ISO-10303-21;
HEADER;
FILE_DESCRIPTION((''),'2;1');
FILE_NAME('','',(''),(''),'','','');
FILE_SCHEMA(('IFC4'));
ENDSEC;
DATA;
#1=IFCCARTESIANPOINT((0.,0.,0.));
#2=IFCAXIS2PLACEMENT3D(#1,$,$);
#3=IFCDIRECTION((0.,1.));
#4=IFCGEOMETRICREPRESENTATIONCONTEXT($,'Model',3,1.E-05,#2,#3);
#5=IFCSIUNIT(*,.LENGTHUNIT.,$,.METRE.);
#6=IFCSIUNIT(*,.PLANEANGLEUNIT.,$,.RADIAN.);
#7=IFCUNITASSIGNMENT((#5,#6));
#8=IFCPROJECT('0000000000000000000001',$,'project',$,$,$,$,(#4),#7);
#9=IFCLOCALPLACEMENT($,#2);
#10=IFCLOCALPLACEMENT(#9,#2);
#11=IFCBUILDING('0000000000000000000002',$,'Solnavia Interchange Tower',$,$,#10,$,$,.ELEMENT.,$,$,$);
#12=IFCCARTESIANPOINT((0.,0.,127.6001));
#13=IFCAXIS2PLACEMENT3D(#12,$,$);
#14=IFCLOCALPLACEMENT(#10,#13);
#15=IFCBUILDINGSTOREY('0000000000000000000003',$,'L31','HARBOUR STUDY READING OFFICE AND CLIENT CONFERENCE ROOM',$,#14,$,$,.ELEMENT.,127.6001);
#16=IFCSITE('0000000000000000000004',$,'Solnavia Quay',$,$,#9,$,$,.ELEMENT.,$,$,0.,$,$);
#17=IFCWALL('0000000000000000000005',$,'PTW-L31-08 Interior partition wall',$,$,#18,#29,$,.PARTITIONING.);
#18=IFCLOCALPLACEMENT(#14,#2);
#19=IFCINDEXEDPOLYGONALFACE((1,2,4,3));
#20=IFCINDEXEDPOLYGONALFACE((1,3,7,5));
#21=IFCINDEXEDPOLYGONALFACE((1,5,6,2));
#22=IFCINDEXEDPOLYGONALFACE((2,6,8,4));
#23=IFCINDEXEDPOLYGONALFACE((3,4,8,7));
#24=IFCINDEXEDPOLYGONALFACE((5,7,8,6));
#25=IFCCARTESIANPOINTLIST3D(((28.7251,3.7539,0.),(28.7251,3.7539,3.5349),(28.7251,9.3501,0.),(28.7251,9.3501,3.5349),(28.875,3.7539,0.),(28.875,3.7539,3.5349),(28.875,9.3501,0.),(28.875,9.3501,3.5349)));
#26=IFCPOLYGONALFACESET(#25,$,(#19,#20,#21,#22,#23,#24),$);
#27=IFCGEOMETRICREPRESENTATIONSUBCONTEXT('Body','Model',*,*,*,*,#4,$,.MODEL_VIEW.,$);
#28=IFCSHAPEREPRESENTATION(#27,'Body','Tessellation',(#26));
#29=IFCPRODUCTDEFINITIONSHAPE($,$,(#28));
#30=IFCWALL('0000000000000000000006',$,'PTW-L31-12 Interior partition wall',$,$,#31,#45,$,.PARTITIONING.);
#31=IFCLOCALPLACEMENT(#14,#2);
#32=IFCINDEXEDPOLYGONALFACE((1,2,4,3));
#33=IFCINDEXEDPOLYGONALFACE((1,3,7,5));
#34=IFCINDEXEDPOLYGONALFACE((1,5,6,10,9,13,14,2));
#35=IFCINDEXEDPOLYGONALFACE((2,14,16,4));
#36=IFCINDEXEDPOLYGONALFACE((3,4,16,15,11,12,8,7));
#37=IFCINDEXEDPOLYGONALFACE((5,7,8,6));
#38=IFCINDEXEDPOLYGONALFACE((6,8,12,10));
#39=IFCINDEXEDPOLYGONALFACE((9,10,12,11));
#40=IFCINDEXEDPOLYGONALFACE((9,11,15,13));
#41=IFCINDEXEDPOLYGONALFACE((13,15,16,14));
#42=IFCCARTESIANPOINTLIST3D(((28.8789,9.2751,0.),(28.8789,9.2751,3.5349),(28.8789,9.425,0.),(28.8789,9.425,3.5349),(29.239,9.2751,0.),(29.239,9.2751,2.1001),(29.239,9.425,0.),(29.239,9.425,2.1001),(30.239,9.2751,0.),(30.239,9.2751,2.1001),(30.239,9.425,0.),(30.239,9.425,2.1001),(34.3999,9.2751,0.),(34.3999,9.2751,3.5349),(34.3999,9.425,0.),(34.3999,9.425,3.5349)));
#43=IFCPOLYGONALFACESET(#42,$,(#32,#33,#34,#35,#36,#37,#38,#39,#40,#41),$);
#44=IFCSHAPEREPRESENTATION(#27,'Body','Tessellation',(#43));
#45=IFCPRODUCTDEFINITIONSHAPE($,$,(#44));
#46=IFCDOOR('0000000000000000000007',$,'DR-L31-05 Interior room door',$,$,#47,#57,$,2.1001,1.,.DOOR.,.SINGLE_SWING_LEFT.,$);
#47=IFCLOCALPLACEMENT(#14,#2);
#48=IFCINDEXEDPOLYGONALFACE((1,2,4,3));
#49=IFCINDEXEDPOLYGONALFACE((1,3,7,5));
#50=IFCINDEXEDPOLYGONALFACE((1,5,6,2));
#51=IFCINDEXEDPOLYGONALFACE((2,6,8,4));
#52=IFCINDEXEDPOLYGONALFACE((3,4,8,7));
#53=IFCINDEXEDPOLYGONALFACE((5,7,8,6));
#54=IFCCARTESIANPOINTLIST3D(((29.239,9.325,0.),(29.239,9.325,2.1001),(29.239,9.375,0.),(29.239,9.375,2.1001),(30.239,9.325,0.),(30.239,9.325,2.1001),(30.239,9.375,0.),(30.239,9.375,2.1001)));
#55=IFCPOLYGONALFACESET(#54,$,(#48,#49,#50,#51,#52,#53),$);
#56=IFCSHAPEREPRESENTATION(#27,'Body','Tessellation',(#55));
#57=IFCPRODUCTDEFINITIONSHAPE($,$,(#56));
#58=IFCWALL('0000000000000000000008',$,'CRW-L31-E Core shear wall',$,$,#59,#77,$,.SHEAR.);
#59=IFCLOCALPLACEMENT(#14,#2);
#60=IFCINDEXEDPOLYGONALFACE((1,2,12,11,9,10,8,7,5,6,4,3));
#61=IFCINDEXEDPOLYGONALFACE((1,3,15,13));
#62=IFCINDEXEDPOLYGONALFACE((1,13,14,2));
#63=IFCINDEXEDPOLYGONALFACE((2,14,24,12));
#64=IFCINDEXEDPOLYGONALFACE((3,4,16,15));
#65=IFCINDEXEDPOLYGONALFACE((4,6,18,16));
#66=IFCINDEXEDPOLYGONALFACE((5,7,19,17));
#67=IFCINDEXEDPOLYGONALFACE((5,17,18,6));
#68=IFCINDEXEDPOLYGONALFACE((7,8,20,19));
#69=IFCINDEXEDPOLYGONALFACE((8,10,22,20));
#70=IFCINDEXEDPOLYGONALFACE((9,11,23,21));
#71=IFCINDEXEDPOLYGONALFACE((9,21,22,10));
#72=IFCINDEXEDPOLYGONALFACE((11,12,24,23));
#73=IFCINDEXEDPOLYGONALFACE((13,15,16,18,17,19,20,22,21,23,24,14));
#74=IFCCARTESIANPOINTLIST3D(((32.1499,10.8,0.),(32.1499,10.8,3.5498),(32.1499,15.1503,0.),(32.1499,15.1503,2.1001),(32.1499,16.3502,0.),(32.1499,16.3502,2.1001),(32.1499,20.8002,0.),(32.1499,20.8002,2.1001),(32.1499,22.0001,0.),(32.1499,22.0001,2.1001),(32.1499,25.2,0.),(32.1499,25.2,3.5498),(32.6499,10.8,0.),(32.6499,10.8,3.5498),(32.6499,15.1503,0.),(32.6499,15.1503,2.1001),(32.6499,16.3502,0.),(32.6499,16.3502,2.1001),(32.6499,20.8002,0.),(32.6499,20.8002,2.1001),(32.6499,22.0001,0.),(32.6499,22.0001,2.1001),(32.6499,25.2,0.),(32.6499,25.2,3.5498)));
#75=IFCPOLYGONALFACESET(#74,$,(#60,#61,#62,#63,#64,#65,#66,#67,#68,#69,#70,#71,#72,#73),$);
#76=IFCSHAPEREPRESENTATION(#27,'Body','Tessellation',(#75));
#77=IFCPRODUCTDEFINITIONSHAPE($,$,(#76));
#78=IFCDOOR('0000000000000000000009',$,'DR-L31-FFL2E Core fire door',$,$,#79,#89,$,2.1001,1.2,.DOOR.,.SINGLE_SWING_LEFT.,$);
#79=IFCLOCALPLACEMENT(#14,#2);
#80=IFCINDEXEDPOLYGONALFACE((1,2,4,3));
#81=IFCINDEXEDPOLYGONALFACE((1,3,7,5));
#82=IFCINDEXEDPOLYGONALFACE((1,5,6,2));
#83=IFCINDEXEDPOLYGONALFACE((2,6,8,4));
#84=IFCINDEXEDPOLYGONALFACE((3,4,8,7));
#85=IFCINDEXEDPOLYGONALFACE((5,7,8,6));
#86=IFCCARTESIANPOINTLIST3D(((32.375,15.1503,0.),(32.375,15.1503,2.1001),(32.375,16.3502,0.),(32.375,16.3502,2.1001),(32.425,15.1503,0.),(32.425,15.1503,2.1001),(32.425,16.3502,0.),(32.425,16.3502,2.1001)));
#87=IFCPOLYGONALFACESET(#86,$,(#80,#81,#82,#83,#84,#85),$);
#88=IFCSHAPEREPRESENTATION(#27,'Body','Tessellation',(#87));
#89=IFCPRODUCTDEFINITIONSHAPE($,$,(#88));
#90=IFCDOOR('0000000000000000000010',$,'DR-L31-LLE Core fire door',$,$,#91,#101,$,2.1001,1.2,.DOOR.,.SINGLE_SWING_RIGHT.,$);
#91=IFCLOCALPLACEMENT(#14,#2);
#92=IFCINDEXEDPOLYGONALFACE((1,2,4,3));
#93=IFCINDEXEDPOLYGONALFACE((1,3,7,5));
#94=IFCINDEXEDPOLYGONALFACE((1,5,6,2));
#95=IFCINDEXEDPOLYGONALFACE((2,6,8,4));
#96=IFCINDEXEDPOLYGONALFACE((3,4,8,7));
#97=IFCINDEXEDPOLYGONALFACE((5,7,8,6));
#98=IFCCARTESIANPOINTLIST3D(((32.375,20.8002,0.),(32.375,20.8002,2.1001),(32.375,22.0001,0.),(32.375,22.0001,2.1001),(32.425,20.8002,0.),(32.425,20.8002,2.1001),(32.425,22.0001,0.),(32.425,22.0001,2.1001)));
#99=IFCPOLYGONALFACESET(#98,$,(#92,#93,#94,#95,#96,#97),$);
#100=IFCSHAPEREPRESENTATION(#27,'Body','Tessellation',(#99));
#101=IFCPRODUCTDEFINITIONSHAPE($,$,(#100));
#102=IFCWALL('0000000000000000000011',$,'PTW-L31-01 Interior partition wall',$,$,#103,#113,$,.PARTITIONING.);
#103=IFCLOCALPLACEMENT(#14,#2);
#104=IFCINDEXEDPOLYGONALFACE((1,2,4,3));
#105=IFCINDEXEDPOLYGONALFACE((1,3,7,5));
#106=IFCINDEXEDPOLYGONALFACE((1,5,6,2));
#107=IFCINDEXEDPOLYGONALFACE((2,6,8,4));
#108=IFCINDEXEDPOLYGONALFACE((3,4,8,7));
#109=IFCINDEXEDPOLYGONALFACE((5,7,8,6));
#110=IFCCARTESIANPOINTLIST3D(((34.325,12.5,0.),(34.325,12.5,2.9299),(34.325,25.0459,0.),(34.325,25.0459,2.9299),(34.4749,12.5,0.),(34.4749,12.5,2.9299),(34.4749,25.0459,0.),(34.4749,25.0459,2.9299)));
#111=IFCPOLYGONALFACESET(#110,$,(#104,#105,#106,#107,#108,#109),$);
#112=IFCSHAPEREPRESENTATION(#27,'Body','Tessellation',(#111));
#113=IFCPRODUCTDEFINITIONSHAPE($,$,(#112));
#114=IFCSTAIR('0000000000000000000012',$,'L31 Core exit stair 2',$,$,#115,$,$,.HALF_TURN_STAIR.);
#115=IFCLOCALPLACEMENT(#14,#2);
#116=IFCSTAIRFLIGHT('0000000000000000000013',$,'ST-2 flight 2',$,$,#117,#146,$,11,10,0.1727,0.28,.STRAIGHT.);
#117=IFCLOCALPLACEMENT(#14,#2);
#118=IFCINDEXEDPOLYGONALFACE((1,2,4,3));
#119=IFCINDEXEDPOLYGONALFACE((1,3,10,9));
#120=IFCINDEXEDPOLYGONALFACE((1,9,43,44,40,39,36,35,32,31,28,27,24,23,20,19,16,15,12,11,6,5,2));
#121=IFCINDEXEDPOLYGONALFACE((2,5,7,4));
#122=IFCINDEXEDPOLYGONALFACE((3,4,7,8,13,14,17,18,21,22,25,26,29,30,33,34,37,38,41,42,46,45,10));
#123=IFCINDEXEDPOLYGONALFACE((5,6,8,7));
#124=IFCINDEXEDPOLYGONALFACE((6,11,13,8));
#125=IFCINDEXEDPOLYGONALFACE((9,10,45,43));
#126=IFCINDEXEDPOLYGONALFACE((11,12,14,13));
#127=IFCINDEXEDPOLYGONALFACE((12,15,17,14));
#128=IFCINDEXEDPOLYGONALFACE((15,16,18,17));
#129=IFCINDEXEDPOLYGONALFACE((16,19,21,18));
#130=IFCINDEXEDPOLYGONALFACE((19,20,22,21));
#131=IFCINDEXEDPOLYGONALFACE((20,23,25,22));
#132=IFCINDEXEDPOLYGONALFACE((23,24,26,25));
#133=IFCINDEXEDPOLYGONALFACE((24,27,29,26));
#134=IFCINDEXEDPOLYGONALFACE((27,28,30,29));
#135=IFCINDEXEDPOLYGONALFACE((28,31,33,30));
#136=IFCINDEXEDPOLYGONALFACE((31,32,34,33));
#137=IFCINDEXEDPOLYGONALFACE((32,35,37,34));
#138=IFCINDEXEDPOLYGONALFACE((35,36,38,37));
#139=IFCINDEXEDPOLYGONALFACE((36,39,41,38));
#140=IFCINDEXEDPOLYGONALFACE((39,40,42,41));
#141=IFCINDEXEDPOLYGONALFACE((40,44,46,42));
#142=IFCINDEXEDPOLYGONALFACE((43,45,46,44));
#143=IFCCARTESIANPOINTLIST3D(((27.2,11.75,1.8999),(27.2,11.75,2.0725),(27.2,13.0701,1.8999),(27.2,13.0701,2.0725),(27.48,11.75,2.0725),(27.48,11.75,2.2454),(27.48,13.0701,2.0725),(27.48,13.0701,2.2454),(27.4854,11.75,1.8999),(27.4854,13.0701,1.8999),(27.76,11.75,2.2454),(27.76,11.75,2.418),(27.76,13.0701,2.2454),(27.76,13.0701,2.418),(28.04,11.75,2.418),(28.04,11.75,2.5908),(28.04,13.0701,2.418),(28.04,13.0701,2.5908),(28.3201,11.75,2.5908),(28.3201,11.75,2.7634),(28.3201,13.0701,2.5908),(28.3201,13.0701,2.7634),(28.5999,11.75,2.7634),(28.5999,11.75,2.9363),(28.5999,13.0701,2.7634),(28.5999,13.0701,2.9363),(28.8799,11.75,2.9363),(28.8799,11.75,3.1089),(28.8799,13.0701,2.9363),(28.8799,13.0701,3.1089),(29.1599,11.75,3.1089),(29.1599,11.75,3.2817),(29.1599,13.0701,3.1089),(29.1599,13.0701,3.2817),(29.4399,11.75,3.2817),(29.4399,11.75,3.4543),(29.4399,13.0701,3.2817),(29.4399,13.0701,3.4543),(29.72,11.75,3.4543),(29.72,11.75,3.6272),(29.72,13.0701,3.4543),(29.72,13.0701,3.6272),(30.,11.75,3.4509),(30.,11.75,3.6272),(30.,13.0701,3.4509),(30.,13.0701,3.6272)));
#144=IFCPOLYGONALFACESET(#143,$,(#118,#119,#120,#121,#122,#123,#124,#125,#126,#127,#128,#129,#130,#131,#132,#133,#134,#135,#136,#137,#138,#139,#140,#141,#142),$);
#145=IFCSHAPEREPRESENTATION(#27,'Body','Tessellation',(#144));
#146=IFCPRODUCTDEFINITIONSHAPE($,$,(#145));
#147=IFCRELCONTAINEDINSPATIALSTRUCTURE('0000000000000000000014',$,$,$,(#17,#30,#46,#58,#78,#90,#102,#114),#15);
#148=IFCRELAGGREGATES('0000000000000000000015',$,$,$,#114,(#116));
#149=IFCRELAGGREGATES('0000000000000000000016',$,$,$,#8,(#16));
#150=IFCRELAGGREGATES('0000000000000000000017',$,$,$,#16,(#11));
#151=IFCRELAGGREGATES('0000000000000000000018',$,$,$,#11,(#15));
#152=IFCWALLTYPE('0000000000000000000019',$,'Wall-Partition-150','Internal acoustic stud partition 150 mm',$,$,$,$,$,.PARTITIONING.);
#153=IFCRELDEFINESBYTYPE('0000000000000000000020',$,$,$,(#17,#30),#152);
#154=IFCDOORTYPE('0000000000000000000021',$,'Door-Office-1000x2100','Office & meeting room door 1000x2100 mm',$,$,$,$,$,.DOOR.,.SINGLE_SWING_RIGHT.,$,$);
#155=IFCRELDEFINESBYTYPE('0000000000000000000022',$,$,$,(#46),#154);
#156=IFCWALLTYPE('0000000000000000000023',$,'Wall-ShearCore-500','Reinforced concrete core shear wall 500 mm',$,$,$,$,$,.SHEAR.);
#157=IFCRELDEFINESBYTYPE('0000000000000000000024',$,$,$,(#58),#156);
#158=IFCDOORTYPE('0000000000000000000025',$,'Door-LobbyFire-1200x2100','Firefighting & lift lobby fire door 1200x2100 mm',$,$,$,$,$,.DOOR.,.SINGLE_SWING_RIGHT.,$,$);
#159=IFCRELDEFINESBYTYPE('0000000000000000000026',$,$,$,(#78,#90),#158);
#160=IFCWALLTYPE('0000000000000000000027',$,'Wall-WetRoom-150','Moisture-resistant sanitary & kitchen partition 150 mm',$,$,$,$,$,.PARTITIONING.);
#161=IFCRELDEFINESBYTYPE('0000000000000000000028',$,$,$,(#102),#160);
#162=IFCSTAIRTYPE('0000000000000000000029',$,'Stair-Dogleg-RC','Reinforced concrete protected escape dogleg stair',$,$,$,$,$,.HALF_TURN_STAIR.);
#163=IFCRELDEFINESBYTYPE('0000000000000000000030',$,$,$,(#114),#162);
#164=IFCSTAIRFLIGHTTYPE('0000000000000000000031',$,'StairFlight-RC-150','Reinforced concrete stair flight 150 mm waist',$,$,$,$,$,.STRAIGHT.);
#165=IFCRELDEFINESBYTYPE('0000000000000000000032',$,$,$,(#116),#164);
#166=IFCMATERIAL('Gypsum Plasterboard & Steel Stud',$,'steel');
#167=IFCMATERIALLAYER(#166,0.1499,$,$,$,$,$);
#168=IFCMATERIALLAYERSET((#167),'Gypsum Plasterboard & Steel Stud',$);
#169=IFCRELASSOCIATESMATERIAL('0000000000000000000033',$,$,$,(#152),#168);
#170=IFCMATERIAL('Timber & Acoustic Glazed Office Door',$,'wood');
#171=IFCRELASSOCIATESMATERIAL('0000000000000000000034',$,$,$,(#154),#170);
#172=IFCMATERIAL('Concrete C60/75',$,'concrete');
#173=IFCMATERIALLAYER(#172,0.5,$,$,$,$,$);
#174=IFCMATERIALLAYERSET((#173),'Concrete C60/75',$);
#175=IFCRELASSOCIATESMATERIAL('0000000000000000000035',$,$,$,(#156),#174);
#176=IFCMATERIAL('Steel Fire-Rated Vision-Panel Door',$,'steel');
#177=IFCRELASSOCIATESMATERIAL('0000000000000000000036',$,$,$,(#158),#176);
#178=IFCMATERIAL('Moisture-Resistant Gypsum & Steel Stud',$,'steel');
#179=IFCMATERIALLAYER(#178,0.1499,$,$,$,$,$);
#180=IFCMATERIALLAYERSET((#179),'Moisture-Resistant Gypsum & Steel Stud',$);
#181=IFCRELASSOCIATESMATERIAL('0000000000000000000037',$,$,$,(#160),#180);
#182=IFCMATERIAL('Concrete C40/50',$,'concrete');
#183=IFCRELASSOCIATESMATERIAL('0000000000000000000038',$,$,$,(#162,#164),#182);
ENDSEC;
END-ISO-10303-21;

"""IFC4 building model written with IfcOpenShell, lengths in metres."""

from ifc_helpers import new_model, si_unit, direction, frame, frame_2d, origin, place, context, subcontext, project, spatial, polyline, rectangle, outline, extrude, material, layer, layer_set, type_object, element, fill, aggregate, save


model = new_model("IFC4")

# Units and contexts
model_context = context("Model", 3, precision=1e-05, world=origin(), true_north=direction((0.0, 1.0)))
body_context = subcontext(model_context, "Body", "Model", "MODEL_VIEW")
ifc_project = project(units=[si_unit("LENGTHUNIT", "METRE"), si_unit("PLANEANGLEUNIT", "RADIAN")], contexts=[model_context])

# Site, building, storey
site_placement = place(None, origin())
site = spatial("IfcSite", under=ifc_project, at=site_placement, Name="Solnavia Quay", CompositionType="ELEMENT", RefElevation=0.0)
building_placement = place(site_placement, origin())
building = spatial("IfcBuilding", under=site, at=building_placement, Name="Solnavia Interchange Tower", CompositionType="ELEMENT")
storey_placement = place(building_placement, frame((0.0, 0.0, 127.6001)))
storey = spatial("IfcBuildingStorey", under=building, at=storey_placement, Name="L31", Description="HARBOUR STUDY READING OFFICE AND CLIENT CONFERENCE ROOM", CompositionType="ELEMENT", Elevation=127.6001)

# Shared definitions
ifc_material_1 = material(Name="Concrete C40/50", Category="concrete")

# Wall
ifc_material_2 = material(Name="Gypsum Plasterboard & Steel Stud", Category="steel")
ifc_layer_1 = layer(ifc_material_2, 0.1499)
ifc_layer_set_1 = layer_set([ifc_layer_1], Name="Gypsum Plasterboard & Steel Stud")
wall_type_1 = type_object("IfcWallType", Name="Wall-Partition-150", Description="Internal acoustic stud partition 150 mm", PredefinedType="PARTITIONING", material=ifc_layer_set_1)
wall_1_placement = place(storey_placement, frame((28.8, 9.3501, 0.0), z_axis=(0.0, 0.0, 1.0), x_axis=(0.0, -1.0, 0.0)))
element("IfcWall", 1, at=wall_1_placement, inside=storey, type_object=wall_type_1, Name="PTW-L31-08 Interior partition wall", PredefinedType="PARTITIONING", context=body_context, shape_type="SweptSolid", body=[
    extrude(rectangle(XDim=5.5962, YDim=0.1499, at=frame_2d((2.7981, 0.0))), origin(), (0.0, 0.0, 1.0), 3.5349),
])

# Wall, opening, door
wall_2_placement = place(storey_placement, frame((28.8789, 9.3501, 0.0), z_axis=(0.0, 0.0, 1.0), x_axis=(1.0, 0.0, 0.0)))
wall_2 = element("IfcWall", 2, at=wall_2_placement, inside=storey, type_object=wall_type_1, Name="PTW-L31-12 Interior partition wall", PredefinedType="PARTITIONING", context=body_context, shape_type="SweptSolid", body=[
    extrude(rectangle(XDim=5.521, YDim=0.1499, at=frame_2d((2.7605, 0.0))), origin(), (0.0, 0.0, 1.0), 3.5349),
])
opening_1_placement = place(wall_2_placement, frame((0.3601, 0.0, 0.0)))
opening_1 = element("IfcOpeningElement", 3, at=opening_1_placement, cuts=wall_2, PredefinedType="OPENING", context=body_context, shape_type="SweptSolid", body=[
    extrude(rectangle(XDim=1.0, YDim=2.1001, at=frame_2d((0.5, 1.05))), frame((0.0, 0.085, 0.0), z_axis=(0.0, -1.0, 0.0), x_axis=(1.0, 0.0, 0.0)), (0.0, 0.0, 1.0), 0.1699),
])
ifc_material_3 = material(Name="Timber & Acoustic Glazed Office Door", Category="wood")
door_type_1 = type_object("IfcDoorType", Name="Door-Office-1000x2100", Description="Office & meeting room door 1000x2100 mm", OperationType="SINGLE_SWING_RIGHT", PredefinedType="DOOR", material=ifc_material_3)
door_1_placement = place(opening_1_placement, origin())
door_1 = element("IfcDoor", 4, at=door_1_placement, inside=storey, type_object=door_type_1, Name="DR-L31-05 Interior room door", OperationType="SINGLE_SWING_LEFT", OverallHeight=2.1001, OverallWidth=1.0, PredefinedType="DOOR", context=body_context, shape_type="SweptSolid", body=[
    extrude(rectangle(XDim=1.0, YDim=2.1001, at=frame_2d((0.5, 1.05))), frame((0.0, 0.0249, 0.0), z_axis=(0.0, -1.0, 0.0), x_axis=(1.0, 0.0, 0.0)), (0.0, 0.0, 1.0), 0.05),
])
fill(opening_1, door_1)

# Wall, openings, doors
ifc_material_4 = material(Name="Concrete C60/75", Category="concrete")
ifc_layer_2 = layer(ifc_material_4, 0.5)
ifc_layer_set_2 = layer_set([ifc_layer_2], Name="Concrete C60/75")
wall_type_2 = type_object("IfcWallType", Name="Wall-ShearCore-500", Description="Reinforced concrete core shear wall 500 mm", PredefinedType="SHEAR", material=ifc_layer_set_2)
wall_3_placement = place(storey_placement, frame((32.3999, 10.8, 0.0), z_axis=(0.0, 0.0, 1.0), x_axis=(0.0, 1.0, 0.0)))
wall_3 = element("IfcWall", 5, at=wall_3_placement, inside=storey, type_object=wall_type_2, Name="CRW-L31-E Core shear wall", PredefinedType="SHEAR", context=body_context, shape_type="SweptSolid", body=[
    extrude(rectangle(XDim=14.3999, YDim=0.5, at=frame_2d((7.2, 0.0))), origin(), (0.0, 0.0, 1.0), 3.5498),
])
opening_2_placement = place(wall_3_placement, frame((4.3501, 0.0, 0.0)))
opening_2 = element("IfcOpeningElement", 6, at=opening_2_placement, cuts=wall_3, PredefinedType="OPENING", context=body_context, shape_type="SweptSolid", body=[
    extrude(rectangle(XDim=1.2, YDim=2.1001, at=frame_2d((0.6001, 1.05))), frame((0.0, 0.26, 0.0), z_axis=(0.0, -1.0, 0.0), x_axis=(1.0, 0.0, 0.0)), (0.0, 0.0, 1.0), 0.52),
])
opening_3_placement = place(wall_3_placement, frame((10.0, 0.0, 0.0)))
opening_3 = element("IfcOpeningElement", 7, at=opening_3_placement, cuts=wall_3, PredefinedType="OPENING", context=body_context, shape_type="SweptSolid", body=[
    extrude(rectangle(XDim=1.2, YDim=2.1001, at=frame_2d((0.6001, 1.05))), frame((0.0, 0.26, 0.0), z_axis=(0.0, -1.0, 0.0), x_axis=(1.0, 0.0, 0.0)), (0.0, 0.0, 1.0), 0.52),
])
ifc_material_5 = material(Name="Steel Fire-Rated Vision-Panel Door", Category="steel")
door_type_2 = type_object("IfcDoorType", Name="Door-LobbyFire-1200x2100", Description="Firefighting & lift lobby fire door 1200x2100 mm", OperationType="SINGLE_SWING_RIGHT", PredefinedType="DOOR", material=ifc_material_5)
door_2_placement = place(opening_2_placement, origin())
door_2 = element("IfcDoor", 8, at=door_2_placement, inside=storey, type_object=door_type_2, Name="DR-L31-FFL2E Core fire door", OperationType="SINGLE_SWING_LEFT", OverallHeight=2.1001, OverallWidth=1.2, PredefinedType="DOOR", context=body_context, shape_type="SweptSolid", body=[
    extrude(rectangle(XDim=1.2, YDim=2.1001, at=frame_2d((0.6001, 1.05))), frame((0.0, 0.0249, 0.0), z_axis=(0.0, -1.0, 0.0), x_axis=(1.0, 0.0, 0.0)), (0.0, 0.0, 1.0), 0.05),
])
fill(opening_2, door_2)
door_3_placement = place(opening_3_placement, origin())
door_3 = element("IfcDoor", 9, at=door_3_placement, inside=storey, type_object=door_type_2, Name="DR-L31-LLE Core fire door", OperationType="SINGLE_SWING_RIGHT", OverallHeight=2.1001, OverallWidth=1.2, PredefinedType="DOOR", context=body_context, shape_type="SweptSolid", body=[
    extrude(rectangle(XDim=1.2, YDim=2.1001, at=frame_2d((0.6001, 1.05))), frame((0.0, 0.0249, 0.0), z_axis=(0.0, -1.0, 0.0), x_axis=(1.0, 0.0, 0.0)), (0.0, 0.0, 1.0), 0.05),
])
fill(opening_3, door_3)

# Wall
ifc_material_6 = material(Name="Moisture-Resistant Gypsum & Steel Stud", Category="steel")
ifc_layer_3 = layer(ifc_material_6, 0.1499)
ifc_layer_set_3 = layer_set([ifc_layer_3], Name="Moisture-Resistant Gypsum & Steel Stud")
wall_type_3 = type_object("IfcWallType", Name="Wall-WetRoom-150", Description="Moisture-resistant sanitary & kitchen partition 150 mm", PredefinedType="PARTITIONING", material=ifc_layer_set_3)
wall_4_placement = place(storey_placement, frame((34.3999, 12.5, 0.0), z_axis=(0.0, 0.0, 1.0), x_axis=(0.0, 1.0, 0.0)))
element("IfcWall", 10, at=wall_4_placement, inside=storey, type_object=wall_type_3, Name="PTW-L31-01 Interior partition wall", PredefinedType="PARTITIONING", context=body_context, shape_type="SweptSolid", body=[
    extrude(rectangle(XDim=12.5459, YDim=0.1499, at=frame_2d((6.2729, 0.0))), origin(), (0.0, 0.0, 1.0), 2.9299),
])

# Stair, stair flight
stair_type = type_object("IfcStairType", Name="Stair-Dogleg-RC", Description="Reinforced concrete protected escape dogleg stair", PredefinedType="HALF_TURN_STAIR", material=ifc_material_1)
stair_placement = place(storey_placement, origin())
stair = element("IfcStair", 11, at=stair_placement, inside=storey, type_object=stair_type, Name="L31 Core exit stair 2", PredefinedType="HALF_TURN_STAIR")
stair_flight_type = type_object("IfcStairFlightType", Name="StairFlight-RC-150", Description="Reinforced concrete stair flight 150 mm waist", PredefinedType="STRAIGHT", material=ifc_material_1)
stair_flight_placement = place(storey_placement, frame((27.2, 12.4099, 1.8999), z_axis=(0.0, 0.0, 1.0), x_axis=(1.0, 0.0, 0.0)))
stair_flight = element("IfcStairFlight", 12, at=stair_flight_placement, type_object=stair_flight_type, Name="ST-2 flight 2", NumberOfRisers=11, NumberOfTreads=10, PredefinedType="STRAIGHT", RiserHeight=0.1727, TreadLength=0.28, context=body_context, shape_type="SweptSolid", body=[
    extrude(outline(polyline([(0.0, 0.0), (0.0, 0.1726), (0.28, 0.1726), (0.28, 0.3455), (0.5601, 0.3455), (0.5601, 0.5181), (0.8401, 0.5181), (0.8401, 0.6909), (1.1201, 0.6909), (1.1201, 0.8635), (1.3999, 0.8635), (1.3999, 1.0364), (1.6799, 1.0364), (1.6799, 1.209), (1.96, 1.209), (1.96, 1.3818), (2.24, 1.3818), (2.24, 1.5544), (2.52, 1.5544), (2.52, 1.7273), (2.8, 1.7273), (2.8, 1.8999), (2.8, 1.551), (0.2854, 0.0), (0.0, 0.0)])), frame((0.0, 0.6602, 0.0), z_axis=(0.0, -1.0, 0.0), x_axis=(1.0, 0.0, 0.0)), (0.0, 0.0, 1.0), 1.3201),
])
aggregate(stair, [stair_flight])

save(model, "model.ifc")
